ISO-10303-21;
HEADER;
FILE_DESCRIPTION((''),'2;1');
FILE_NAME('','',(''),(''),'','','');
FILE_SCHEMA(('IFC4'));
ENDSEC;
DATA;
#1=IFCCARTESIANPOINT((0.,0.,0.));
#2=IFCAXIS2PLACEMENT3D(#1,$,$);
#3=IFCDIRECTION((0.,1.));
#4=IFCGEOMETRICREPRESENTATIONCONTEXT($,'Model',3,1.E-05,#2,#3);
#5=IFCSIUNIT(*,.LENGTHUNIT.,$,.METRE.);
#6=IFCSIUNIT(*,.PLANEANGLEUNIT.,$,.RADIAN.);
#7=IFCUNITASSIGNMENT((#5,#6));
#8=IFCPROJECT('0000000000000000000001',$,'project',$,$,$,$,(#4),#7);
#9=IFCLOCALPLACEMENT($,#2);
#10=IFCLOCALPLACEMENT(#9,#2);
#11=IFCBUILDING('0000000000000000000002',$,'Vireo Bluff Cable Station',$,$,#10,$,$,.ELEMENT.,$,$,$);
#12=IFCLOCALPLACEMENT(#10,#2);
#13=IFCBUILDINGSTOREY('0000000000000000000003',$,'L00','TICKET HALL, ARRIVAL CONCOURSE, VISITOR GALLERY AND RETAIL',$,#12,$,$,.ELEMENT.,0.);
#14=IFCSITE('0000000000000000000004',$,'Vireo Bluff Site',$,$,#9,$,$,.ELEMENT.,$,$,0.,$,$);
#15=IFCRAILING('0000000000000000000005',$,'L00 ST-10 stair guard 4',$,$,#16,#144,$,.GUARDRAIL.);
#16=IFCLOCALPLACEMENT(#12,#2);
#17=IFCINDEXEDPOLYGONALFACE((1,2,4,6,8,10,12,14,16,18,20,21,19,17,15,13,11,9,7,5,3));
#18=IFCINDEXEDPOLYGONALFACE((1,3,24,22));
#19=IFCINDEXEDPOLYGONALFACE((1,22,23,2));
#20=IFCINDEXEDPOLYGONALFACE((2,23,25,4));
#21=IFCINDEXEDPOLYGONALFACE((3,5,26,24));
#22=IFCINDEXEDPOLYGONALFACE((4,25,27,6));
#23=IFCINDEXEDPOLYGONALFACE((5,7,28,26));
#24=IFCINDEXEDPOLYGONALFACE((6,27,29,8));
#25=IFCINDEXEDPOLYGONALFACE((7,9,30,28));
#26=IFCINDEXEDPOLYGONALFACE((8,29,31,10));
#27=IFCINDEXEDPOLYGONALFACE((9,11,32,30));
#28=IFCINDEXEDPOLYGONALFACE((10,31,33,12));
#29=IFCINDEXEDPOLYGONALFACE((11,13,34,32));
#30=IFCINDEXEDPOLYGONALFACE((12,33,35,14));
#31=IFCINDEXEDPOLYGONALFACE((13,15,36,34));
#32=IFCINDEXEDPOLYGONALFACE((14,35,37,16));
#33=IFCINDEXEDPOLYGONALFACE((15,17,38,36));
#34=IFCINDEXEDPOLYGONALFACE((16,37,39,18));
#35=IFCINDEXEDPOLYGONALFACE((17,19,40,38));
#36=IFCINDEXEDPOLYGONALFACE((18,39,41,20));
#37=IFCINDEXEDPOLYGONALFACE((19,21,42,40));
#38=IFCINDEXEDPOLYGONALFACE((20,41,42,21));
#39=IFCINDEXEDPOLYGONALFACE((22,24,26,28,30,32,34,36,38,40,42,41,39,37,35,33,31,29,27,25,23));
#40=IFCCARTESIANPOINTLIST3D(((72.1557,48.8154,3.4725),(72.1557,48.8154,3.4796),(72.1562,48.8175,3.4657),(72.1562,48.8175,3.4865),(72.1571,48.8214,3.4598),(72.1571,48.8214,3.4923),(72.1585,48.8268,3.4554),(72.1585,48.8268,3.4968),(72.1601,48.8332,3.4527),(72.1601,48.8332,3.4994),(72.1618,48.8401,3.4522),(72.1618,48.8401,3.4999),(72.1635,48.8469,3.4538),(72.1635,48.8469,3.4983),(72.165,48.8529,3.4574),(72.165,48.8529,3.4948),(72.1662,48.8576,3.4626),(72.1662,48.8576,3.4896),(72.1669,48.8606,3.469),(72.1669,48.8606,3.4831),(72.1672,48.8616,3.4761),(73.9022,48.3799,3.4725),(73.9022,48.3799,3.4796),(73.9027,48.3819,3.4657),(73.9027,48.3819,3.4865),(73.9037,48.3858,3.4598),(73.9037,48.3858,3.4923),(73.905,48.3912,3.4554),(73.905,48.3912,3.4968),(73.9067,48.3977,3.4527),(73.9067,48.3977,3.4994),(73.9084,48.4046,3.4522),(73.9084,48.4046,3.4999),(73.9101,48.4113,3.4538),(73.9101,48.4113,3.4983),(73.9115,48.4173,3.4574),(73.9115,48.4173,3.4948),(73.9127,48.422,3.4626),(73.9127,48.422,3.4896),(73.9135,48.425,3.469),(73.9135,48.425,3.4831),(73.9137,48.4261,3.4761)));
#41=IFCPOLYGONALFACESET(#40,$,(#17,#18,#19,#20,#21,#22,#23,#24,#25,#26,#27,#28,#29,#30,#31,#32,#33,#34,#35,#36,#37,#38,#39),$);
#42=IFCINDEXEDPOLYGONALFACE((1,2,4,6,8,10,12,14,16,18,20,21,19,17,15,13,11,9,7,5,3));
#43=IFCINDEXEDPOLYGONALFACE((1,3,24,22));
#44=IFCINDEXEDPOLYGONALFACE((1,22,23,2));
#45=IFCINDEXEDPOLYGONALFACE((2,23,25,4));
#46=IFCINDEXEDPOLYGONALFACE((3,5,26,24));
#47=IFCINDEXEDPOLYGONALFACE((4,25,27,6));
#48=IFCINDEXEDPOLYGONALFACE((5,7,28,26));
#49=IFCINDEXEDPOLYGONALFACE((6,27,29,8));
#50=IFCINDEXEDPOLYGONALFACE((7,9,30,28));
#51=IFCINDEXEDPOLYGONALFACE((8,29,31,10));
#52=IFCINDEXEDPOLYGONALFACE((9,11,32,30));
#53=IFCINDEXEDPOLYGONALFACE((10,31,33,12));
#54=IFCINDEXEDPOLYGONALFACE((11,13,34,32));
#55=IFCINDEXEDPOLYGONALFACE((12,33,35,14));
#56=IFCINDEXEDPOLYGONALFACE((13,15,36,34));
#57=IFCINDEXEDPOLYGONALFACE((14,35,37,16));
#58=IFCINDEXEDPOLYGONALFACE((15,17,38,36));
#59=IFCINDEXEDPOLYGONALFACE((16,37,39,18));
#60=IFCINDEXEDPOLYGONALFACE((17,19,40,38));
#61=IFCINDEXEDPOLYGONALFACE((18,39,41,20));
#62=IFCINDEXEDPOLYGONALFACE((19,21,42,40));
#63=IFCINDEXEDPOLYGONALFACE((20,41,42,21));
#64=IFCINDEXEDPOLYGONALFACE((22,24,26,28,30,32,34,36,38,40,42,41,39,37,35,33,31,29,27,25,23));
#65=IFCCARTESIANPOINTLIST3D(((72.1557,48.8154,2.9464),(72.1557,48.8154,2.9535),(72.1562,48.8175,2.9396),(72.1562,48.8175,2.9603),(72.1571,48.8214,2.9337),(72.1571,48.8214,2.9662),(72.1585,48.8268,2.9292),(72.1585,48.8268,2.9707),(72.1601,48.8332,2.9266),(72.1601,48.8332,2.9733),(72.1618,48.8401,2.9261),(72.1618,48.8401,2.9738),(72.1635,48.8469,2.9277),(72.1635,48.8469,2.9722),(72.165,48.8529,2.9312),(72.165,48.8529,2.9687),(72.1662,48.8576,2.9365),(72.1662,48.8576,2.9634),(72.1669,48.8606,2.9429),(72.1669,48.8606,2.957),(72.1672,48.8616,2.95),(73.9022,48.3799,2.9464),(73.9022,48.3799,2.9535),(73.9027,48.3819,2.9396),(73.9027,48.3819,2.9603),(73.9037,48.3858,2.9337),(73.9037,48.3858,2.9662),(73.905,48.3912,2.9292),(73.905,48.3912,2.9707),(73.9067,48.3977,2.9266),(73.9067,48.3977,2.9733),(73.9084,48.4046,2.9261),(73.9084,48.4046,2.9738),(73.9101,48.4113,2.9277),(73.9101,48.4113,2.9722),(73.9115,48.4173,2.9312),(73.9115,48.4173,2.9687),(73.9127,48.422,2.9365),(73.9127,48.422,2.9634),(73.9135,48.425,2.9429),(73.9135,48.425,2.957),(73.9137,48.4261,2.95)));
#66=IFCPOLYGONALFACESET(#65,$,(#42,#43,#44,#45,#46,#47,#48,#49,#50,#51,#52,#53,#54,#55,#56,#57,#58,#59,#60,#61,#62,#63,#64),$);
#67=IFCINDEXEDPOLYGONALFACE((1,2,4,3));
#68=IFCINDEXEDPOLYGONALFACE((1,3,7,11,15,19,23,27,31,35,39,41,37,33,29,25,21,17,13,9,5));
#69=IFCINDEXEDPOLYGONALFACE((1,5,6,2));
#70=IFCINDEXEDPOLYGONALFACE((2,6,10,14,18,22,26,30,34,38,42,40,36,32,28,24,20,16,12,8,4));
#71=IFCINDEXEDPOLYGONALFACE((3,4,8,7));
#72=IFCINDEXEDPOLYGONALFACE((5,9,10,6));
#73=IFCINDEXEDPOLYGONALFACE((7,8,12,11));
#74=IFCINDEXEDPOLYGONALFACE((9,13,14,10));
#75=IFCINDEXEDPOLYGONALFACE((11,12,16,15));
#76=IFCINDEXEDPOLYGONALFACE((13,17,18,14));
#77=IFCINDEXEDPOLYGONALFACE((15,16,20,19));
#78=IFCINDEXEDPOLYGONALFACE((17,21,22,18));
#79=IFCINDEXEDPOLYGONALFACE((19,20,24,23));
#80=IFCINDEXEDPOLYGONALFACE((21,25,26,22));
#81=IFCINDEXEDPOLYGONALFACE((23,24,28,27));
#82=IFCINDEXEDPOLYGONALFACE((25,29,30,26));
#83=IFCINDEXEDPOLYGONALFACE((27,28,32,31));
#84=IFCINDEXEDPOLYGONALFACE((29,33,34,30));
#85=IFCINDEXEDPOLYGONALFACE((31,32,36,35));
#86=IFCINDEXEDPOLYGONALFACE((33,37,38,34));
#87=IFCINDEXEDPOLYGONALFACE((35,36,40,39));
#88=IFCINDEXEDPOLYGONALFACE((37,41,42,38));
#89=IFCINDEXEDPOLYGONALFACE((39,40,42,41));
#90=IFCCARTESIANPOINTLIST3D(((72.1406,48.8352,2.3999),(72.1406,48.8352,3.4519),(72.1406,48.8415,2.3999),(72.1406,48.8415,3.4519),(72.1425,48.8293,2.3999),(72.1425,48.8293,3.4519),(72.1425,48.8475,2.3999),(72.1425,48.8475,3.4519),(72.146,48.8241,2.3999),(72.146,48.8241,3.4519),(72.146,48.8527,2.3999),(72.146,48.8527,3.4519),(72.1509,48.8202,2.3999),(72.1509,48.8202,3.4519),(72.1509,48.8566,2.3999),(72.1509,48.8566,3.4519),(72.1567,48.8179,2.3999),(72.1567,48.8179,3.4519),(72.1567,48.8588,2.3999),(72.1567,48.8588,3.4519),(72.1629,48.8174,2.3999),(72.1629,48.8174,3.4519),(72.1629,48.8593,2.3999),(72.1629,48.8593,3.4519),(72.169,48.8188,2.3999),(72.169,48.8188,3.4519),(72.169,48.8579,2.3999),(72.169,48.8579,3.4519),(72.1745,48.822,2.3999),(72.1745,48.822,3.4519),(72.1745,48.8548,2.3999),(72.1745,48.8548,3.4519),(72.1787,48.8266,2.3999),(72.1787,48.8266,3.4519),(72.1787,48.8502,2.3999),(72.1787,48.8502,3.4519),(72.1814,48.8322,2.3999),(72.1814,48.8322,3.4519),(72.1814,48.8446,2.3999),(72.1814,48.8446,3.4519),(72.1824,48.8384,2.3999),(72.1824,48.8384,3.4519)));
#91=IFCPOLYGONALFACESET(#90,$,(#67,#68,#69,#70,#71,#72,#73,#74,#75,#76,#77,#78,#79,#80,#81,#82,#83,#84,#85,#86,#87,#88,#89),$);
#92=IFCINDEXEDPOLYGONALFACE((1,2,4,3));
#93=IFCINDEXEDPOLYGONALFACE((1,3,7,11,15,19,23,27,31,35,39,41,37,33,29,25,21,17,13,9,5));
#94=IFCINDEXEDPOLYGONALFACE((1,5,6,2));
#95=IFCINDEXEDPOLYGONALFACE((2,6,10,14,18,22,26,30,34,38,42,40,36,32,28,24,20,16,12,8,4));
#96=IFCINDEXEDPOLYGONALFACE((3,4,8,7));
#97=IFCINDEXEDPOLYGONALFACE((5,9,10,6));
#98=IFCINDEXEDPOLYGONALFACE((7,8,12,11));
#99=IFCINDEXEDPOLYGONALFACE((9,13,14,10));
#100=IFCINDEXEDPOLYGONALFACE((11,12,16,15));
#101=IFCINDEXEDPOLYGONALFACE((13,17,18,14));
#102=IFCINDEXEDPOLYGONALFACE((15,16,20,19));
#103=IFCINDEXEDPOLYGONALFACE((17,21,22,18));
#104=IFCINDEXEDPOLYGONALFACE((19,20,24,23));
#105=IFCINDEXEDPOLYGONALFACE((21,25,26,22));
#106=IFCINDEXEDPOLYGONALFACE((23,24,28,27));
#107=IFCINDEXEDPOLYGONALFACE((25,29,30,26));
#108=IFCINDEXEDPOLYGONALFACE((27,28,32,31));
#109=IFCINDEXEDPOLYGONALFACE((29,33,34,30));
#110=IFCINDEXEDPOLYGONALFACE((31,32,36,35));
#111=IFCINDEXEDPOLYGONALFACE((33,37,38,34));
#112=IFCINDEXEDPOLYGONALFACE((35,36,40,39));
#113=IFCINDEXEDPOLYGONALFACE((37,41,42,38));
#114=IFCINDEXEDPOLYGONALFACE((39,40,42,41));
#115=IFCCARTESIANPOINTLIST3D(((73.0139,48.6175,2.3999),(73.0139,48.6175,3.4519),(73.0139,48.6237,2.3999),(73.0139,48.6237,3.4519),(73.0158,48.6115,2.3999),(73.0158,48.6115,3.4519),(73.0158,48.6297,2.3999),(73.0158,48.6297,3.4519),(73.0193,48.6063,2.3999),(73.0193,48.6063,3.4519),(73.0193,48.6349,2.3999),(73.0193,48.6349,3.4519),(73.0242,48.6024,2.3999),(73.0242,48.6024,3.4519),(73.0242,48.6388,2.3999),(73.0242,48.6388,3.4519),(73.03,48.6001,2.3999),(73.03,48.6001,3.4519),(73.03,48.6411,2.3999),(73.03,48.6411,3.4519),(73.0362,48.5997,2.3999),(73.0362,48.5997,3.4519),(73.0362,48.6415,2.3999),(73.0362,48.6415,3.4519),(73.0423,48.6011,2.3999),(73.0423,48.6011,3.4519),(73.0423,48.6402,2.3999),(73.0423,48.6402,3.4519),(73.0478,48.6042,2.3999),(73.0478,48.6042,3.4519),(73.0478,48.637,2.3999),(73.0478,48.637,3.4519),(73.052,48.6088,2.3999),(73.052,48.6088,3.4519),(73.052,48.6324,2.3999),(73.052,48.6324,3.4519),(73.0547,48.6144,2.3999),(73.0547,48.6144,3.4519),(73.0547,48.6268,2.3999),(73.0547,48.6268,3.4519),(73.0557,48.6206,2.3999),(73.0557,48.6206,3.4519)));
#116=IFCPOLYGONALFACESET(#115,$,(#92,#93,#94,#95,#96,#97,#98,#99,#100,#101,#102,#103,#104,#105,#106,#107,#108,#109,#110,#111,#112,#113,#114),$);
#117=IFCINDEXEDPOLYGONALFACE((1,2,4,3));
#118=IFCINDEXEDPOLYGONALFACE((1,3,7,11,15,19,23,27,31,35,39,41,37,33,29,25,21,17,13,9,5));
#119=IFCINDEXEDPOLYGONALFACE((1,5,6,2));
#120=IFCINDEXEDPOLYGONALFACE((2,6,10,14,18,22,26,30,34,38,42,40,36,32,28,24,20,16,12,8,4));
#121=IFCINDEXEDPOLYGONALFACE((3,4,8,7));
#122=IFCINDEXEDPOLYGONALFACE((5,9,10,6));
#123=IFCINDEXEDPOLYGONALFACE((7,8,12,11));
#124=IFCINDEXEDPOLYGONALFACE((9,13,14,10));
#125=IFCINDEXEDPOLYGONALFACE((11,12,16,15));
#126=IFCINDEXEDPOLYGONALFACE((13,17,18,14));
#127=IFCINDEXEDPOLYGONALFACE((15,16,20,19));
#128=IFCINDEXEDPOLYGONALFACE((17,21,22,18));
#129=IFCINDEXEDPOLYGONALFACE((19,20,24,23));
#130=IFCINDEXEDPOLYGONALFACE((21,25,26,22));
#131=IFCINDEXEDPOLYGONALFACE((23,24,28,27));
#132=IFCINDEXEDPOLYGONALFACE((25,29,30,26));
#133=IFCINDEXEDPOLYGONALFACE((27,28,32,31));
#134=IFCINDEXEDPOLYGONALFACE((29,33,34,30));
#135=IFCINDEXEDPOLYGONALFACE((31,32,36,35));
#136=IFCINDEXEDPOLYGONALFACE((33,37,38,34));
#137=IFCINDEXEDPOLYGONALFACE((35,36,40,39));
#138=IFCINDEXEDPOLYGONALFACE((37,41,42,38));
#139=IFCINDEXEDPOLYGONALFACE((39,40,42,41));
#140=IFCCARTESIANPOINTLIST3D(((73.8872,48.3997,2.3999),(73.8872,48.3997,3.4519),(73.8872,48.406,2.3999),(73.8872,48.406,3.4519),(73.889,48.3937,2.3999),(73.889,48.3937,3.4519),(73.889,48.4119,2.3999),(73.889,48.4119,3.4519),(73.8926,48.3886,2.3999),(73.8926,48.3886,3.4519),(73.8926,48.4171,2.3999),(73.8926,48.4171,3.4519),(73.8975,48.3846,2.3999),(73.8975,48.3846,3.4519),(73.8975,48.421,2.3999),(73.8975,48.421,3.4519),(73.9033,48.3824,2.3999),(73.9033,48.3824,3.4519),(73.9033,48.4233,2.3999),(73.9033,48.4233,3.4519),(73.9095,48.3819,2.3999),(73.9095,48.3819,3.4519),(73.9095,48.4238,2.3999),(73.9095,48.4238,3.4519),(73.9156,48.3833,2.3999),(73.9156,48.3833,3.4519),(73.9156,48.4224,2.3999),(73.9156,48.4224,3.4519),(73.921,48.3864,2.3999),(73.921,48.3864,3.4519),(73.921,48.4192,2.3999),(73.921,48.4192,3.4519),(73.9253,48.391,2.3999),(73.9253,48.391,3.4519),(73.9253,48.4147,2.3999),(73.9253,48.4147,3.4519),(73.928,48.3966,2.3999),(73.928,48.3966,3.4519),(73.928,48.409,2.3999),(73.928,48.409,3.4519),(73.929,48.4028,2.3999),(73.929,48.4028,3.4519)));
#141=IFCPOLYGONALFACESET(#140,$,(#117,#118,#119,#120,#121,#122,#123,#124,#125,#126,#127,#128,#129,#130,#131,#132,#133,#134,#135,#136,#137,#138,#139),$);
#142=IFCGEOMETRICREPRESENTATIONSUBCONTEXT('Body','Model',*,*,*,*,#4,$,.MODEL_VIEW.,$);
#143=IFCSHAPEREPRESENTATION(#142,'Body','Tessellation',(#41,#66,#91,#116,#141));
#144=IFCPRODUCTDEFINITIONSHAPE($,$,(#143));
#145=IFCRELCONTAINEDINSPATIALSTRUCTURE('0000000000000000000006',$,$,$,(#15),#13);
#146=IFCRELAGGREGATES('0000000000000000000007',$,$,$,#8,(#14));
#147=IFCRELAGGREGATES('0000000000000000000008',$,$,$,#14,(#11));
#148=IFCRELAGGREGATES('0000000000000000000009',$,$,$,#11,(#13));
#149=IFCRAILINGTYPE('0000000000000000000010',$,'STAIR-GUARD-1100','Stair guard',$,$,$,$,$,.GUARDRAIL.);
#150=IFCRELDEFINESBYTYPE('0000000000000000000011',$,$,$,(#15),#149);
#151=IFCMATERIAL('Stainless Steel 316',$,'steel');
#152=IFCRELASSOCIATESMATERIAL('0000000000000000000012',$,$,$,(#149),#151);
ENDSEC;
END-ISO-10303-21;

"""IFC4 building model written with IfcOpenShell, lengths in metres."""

from ifc_helpers import new_model, si_unit, direction, frame, origin, origin_2d, place, context, subcontext, project, spatial, circle, extrude, material, type_object, element, save


model = new_model("IFC4")

# Units and contexts
model_context = context("Model", 3, precision=1e-05, world=origin(), true_north=direction((0.0, 1.0)))
body_context = subcontext(model_context, "Body", "Model", "MODEL_VIEW")
ifc_project = project(units=[si_unit("LENGTHUNIT", "METRE"), si_unit("PLANEANGLEUNIT", "RADIAN")], contexts=[model_context])

# Site, building, storey
site_placement = place(None, origin())
site = spatial("IfcSite", under=ifc_project, at=site_placement, Name="Vireo Bluff Site", CompositionType="ELEMENT", RefElevation=0.0)
building_placement = place(site_placement, origin())
building = spatial("IfcBuilding", under=site, at=building_placement, Name="Vireo Bluff Cable Station", CompositionType="ELEMENT")
storey_placement = place(building_placement, origin())
storey = spatial("IfcBuildingStorey", under=building, at=storey_placement, Name="L00", Description="TICKET HALL, ARRIVAL CONCOURSE, VISITOR GALLERY AND RETAIL", CompositionType="ELEMENT", Elevation=0.0)

# Railing
ifc_material_1 = material(Name="Stainless Steel 316", Category="steel")
railing_type_1 = type_object("IfcRailingType", Name="STAIR-GUARD-1100", Description="Stair guard", PredefinedType="GUARDRAIL", material=ifc_material_1)
railing_1_placement = place(storey_placement, frame((72.1614, 48.8384, 2.3999)))
element("IfcRailing", 1, at=railing_1_placement, inside=storey, type_object=railing_type_1, Name="L00 ST-10 stair guard 4", PredefinedType="GUARDRAIL", context=body_context, shape_type="SweptSolid", body=[
    extrude(circle(Radius=0.0239, at=origin_2d()), frame((0.0, 0.0, 1.0762), z_axis=(0.970286, -0.241961, 0.0), x_axis=(0.241961, 0.970286, 0.0)), (0.0, 0.0, 1.0), 1.8),
    extrude(circle(Radius=0.0239, at=origin_2d()), frame((0.0, 0.0, 0.55), z_axis=(0.970286, -0.241961, 0.0), x_axis=(0.241961, 0.970286, 0.0)), (0.0, 0.0, 1.0), 1.8),
    extrude(circle(Radius=0.021, at=origin_2d()), origin(), (0.0, 0.0, 1.0), 1.052),
    extrude(circle(Radius=0.021, at=origin_2d()), frame((0.8733, -0.2178, 0.0)), (0.0, 0.0, 1.0), 1.052),
    extrude(circle(Radius=0.021, at=origin_2d()), frame((1.7466, -0.4355, 0.0)), (0.0, 0.0, 1.0), 1.052),
])

save(model, "model.ifc")
